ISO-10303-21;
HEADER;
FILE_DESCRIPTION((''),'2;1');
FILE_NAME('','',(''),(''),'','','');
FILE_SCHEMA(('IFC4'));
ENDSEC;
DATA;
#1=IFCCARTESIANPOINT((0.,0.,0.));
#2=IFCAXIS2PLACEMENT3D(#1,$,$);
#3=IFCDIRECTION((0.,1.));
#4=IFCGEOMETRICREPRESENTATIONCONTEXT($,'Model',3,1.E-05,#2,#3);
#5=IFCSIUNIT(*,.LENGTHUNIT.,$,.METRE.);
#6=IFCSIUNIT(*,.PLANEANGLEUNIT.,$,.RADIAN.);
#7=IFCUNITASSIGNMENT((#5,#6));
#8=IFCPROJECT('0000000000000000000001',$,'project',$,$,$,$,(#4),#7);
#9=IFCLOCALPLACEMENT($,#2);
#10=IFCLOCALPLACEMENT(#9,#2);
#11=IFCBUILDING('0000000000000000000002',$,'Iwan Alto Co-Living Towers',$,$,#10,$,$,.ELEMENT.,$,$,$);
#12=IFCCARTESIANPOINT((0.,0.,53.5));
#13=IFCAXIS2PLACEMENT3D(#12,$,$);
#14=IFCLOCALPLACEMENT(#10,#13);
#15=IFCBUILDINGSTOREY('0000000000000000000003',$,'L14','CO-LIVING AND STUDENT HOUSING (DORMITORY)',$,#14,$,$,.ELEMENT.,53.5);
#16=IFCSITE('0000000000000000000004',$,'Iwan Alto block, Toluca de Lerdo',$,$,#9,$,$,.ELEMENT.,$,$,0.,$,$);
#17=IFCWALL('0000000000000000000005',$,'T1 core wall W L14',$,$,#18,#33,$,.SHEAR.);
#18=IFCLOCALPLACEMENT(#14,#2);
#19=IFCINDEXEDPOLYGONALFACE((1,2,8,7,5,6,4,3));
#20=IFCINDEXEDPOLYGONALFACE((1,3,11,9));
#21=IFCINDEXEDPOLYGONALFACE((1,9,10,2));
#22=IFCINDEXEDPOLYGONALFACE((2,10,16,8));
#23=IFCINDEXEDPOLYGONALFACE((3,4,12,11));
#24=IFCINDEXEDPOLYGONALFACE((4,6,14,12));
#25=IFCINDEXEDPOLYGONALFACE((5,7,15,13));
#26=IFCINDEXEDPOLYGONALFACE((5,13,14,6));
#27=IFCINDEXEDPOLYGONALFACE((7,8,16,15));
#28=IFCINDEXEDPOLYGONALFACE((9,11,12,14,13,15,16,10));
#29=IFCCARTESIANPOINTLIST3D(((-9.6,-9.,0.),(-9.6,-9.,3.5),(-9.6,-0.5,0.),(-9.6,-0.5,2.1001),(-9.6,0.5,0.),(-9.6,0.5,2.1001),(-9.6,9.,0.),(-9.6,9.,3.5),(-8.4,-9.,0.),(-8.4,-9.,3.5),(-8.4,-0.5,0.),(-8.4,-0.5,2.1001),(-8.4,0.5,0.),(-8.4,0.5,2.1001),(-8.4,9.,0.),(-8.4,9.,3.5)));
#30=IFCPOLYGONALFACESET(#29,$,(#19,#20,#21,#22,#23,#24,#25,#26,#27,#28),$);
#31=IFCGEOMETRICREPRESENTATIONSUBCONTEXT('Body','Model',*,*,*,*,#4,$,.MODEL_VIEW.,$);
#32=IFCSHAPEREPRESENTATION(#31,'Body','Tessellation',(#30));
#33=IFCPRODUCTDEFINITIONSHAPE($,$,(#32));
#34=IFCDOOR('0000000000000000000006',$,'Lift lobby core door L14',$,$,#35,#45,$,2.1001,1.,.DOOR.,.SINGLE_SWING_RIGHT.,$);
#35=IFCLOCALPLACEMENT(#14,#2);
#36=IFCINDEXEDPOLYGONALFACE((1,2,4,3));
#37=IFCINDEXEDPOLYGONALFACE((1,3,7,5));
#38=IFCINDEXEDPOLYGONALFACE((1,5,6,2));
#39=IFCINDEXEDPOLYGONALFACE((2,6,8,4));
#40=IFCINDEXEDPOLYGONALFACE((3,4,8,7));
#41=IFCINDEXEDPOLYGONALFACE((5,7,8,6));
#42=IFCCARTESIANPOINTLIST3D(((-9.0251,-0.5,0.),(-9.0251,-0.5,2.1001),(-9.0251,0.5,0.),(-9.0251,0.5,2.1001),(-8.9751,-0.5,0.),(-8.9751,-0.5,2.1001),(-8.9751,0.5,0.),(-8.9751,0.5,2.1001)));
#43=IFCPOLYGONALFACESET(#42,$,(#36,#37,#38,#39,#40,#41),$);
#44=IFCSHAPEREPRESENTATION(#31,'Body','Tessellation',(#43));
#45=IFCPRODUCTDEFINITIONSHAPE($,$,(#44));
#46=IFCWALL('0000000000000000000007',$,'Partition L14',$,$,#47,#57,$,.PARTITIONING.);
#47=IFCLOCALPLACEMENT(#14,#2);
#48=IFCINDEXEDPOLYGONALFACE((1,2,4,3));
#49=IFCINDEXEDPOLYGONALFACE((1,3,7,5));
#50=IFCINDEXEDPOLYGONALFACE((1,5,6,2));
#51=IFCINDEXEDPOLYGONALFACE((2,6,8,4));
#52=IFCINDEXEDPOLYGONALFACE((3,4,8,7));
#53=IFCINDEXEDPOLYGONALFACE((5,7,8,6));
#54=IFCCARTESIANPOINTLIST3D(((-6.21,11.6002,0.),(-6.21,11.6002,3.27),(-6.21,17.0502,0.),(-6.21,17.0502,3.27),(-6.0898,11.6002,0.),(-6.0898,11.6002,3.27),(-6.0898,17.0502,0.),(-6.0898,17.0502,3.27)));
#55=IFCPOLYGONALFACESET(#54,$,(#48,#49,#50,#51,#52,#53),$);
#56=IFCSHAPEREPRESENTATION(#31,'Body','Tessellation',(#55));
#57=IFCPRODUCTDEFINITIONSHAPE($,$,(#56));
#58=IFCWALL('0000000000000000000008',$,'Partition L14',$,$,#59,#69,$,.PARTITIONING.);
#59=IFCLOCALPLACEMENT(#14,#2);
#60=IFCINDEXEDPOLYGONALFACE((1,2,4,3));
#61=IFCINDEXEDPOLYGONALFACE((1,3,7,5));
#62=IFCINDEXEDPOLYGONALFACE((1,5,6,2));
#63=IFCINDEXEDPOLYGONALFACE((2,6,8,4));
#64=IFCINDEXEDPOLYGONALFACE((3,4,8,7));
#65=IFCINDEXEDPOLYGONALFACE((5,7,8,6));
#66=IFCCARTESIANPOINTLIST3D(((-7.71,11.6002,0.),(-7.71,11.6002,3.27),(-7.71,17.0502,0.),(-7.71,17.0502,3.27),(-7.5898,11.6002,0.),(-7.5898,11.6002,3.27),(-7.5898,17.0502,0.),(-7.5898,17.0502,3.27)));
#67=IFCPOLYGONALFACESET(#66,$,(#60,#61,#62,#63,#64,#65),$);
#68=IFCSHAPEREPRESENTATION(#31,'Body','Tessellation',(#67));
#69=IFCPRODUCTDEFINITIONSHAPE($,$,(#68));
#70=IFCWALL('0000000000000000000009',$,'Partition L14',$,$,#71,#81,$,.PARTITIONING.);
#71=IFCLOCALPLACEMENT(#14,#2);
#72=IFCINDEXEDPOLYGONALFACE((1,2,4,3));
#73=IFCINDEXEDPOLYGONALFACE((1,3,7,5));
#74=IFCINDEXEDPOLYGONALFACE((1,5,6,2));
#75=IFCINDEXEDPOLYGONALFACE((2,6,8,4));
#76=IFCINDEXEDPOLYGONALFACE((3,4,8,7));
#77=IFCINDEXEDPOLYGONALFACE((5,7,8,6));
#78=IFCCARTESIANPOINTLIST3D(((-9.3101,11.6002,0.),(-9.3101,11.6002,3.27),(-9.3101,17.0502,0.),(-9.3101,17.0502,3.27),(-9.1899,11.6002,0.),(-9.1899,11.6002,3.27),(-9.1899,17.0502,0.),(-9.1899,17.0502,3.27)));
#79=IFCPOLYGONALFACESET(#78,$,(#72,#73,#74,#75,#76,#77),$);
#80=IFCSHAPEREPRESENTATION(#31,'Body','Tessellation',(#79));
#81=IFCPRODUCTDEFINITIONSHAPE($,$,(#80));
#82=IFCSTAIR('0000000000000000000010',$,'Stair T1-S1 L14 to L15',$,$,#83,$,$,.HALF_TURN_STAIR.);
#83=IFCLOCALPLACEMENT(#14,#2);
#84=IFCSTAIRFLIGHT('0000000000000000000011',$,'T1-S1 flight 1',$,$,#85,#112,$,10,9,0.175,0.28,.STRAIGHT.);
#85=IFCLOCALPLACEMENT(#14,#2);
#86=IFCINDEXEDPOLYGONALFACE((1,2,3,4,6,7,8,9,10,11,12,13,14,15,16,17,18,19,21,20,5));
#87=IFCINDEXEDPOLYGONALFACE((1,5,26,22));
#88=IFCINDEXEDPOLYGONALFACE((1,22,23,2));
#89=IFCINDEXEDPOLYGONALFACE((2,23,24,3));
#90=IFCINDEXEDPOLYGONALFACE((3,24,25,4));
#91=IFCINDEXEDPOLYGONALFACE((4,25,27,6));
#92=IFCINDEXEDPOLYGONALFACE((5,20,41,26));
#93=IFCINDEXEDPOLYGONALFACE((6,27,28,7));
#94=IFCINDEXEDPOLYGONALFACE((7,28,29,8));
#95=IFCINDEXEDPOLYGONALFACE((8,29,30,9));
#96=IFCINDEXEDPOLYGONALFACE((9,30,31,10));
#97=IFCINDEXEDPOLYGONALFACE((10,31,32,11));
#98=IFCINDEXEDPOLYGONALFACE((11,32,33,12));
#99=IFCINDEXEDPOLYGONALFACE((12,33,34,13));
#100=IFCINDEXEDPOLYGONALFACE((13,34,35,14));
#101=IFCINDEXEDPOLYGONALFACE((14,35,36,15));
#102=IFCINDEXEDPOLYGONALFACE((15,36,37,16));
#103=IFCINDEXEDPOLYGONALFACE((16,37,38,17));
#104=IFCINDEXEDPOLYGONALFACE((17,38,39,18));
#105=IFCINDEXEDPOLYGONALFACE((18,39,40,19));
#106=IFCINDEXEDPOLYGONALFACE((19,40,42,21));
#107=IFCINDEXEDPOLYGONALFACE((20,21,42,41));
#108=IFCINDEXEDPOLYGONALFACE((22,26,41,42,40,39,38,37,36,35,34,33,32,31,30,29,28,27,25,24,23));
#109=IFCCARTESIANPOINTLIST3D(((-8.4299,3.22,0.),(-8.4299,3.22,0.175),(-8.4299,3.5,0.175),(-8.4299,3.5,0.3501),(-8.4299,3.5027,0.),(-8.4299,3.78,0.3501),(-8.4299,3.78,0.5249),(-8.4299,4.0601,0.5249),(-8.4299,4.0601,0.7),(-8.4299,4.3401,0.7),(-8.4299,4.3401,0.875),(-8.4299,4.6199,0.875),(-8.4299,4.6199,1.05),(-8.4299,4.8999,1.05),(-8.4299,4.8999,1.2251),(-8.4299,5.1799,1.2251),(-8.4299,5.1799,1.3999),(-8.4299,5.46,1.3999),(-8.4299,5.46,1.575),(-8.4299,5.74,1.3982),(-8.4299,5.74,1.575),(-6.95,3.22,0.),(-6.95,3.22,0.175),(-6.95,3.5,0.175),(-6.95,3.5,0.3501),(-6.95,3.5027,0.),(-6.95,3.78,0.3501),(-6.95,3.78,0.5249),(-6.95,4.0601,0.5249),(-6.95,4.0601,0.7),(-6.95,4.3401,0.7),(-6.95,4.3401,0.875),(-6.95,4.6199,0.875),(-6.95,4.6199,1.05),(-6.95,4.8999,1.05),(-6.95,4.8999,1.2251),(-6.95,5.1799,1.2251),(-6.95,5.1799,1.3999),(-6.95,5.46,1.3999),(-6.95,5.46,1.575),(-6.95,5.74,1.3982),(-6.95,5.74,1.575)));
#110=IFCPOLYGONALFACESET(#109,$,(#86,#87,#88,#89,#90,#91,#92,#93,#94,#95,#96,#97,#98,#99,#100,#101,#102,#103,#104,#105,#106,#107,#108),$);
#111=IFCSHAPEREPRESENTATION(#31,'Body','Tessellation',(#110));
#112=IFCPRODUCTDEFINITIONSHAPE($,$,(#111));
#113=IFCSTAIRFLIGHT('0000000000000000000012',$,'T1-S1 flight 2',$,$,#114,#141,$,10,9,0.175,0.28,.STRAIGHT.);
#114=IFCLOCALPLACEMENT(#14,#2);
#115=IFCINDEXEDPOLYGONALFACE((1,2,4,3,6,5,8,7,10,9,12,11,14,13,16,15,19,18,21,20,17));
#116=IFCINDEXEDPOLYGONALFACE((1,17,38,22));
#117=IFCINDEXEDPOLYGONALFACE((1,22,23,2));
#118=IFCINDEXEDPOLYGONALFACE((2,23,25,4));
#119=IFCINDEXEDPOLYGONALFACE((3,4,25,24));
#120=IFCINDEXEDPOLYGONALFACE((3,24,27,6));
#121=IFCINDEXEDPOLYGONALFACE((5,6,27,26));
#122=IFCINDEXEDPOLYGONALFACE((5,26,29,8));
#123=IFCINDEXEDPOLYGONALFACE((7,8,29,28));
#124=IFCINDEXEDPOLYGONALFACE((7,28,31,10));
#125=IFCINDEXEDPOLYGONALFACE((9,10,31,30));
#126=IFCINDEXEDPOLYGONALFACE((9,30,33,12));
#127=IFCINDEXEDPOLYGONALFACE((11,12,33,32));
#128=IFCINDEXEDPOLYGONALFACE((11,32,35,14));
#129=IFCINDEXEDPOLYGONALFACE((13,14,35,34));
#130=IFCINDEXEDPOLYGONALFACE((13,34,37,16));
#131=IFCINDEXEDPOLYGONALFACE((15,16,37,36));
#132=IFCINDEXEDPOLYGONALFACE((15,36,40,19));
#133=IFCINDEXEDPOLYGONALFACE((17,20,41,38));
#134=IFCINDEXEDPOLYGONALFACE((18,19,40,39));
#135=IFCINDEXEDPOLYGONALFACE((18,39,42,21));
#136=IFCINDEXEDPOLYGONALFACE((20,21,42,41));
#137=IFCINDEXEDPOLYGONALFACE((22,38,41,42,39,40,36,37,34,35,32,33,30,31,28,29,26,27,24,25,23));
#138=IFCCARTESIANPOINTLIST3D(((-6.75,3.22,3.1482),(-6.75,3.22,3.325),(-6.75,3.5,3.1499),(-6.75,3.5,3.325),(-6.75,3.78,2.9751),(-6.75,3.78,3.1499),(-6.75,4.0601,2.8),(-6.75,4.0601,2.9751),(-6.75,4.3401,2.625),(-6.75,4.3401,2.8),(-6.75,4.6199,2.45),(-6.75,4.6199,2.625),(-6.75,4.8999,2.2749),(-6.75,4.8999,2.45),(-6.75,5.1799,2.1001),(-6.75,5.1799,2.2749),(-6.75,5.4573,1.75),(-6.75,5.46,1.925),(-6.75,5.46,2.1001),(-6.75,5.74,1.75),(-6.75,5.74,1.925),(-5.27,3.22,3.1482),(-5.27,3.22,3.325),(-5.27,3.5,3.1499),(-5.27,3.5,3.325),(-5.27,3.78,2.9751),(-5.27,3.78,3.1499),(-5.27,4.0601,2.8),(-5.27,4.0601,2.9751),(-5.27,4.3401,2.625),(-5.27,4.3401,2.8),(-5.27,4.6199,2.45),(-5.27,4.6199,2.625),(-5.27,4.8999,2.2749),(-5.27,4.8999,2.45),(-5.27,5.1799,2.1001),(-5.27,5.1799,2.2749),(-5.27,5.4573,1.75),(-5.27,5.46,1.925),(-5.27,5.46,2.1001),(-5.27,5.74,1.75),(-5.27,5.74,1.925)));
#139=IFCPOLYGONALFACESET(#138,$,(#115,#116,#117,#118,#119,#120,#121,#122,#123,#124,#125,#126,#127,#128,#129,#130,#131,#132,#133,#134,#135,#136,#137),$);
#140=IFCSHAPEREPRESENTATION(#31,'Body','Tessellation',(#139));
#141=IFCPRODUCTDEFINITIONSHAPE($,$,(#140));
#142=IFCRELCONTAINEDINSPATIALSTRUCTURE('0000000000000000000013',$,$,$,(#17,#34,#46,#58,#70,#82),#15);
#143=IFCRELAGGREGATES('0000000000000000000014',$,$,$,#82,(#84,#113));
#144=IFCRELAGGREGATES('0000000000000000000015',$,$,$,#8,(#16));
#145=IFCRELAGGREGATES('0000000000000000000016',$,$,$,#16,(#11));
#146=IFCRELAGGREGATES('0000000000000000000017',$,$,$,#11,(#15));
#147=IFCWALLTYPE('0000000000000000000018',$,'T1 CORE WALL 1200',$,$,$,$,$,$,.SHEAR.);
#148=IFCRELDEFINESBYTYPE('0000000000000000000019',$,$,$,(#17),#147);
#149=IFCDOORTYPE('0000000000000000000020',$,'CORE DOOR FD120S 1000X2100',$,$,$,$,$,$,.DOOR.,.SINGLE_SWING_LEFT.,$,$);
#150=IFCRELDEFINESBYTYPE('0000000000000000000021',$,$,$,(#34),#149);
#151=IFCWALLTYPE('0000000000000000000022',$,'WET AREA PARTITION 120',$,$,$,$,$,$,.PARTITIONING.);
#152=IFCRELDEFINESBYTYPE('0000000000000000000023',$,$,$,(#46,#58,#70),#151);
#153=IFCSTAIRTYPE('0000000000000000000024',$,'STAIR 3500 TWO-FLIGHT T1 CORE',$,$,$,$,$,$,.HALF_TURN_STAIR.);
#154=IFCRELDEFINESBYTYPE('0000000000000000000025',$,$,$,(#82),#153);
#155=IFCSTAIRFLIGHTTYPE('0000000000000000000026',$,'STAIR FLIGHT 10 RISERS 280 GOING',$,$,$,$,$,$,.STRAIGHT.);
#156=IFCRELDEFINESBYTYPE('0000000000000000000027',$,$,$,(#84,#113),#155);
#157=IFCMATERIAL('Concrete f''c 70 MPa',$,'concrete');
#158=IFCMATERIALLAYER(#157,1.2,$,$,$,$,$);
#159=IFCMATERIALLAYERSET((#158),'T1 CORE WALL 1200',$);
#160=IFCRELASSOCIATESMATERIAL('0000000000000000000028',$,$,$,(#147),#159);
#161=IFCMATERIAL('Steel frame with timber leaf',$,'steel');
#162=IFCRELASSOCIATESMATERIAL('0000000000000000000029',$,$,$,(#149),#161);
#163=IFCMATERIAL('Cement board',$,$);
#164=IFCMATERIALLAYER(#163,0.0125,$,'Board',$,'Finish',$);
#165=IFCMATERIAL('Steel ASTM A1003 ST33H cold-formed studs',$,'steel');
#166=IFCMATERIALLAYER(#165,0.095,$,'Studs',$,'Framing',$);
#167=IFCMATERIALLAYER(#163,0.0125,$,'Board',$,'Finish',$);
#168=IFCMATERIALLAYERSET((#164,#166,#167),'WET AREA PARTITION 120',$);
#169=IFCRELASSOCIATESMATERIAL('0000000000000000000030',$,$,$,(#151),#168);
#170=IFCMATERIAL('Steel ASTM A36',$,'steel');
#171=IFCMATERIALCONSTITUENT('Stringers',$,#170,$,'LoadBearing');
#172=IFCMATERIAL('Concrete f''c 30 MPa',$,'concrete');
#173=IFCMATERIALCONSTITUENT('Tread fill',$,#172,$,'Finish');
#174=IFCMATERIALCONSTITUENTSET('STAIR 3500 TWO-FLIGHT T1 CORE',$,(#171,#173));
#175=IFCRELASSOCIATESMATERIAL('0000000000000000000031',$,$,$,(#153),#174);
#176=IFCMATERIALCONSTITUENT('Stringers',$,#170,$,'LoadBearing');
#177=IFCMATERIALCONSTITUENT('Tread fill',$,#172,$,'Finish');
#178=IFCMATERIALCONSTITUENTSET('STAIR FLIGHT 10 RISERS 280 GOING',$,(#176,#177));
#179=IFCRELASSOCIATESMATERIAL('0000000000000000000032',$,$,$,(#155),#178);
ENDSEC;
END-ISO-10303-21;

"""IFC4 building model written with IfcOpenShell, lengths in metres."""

from ifc_helpers import new_model, si_unit, direction, frame, frame_2d, origin, place, context, subcontext, project, spatial, polyline, rectangle, outline, extrude, material, layer, layer_set, constituent, constituent_set, type_object, element, fill, aggregate, save


model = new_model("IFC4")

# Units and contexts
model_context = context("Model", 3, precision=1e-05, world=origin(), true_north=direction((0.0, 1.0)))
body_context = subcontext(model_context, "Body", "Model", "MODEL_VIEW")
ifc_project = project(units=[si_unit("LENGTHUNIT", "METRE"), si_unit("PLANEANGLEUNIT", "RADIAN")], contexts=[model_context])

# Site, building, storey
site_placement = place(None, origin())
site = spatial("IfcSite", under=ifc_project, at=site_placement, Name="Iwan Alto block, Toluca de Lerdo", CompositionType="ELEMENT", RefElevation=0.0)
building_placement = place(site_placement, origin())
building = spatial("IfcBuilding", under=site, at=building_placement, Name="Iwan Alto Co-Living Towers", CompositionType="ELEMENT")
storey_placement = place(building_placement, frame((0.0, 0.0, 53.5)))
storey = spatial("IfcBuildingStorey", under=building, at=storey_placement, Name="L14", Description="CO-LIVING AND STUDENT HOUSING (DORMITORY)", CompositionType="ELEMENT", Elevation=53.5)

# Shared definitions
ifc_material_1 = material(Name="Steel ASTM A1003 ST33H cold-formed studs", Category="steel")

# Wall, opening, door
ifc_material_2 = material(Name="Concrete f'c 70 MPa", Category="concrete")
ifc_layer_1 = layer(ifc_material_2, 1.2)
ifc_layer_set_1 = layer_set([ifc_layer_1], Name="T1 CORE WALL 1200")
wall_type_1 = type_object("IfcWallType", Name="T1 CORE WALL 1200", PredefinedType="SHEAR", material=ifc_layer_set_1)
wall_1_placement = place(storey_placement, frame((-9.0, 9.0, 0.0), z_axis=(0.0, 0.0, 1.0), x_axis=(0.0, -1.0, 0.0)))
wall_1 = element("IfcWall", 1, at=wall_1_placement, inside=storey, type_object=wall_type_1, Name="T1 core wall W L14", PredefinedType="SHEAR", context=body_context, shape_type="SweptSolid", body=[
    extrude(rectangle(XDim=18.0, YDim=1.2, at=frame_2d((9.0, 0.0))), origin(), (0.0, 0.0, 1.0), 3.5),
])
opening_1_placement = place(wall_1_placement, frame((8.5, 0.0, 0.0)))
opening_1 = element("IfcOpeningElement", 2, at=opening_1_placement, cuts=wall_1, PredefinedType="OPENING", context=body_context, shape_type="SweptSolid", body=[
    extrude(rectangle(XDim=1.0, YDim=2.1001, at=frame_2d((0.5, 1.05))), frame((0.0, 0.6099, 0.0), z_axis=(0.0, -1.0, 0.0), x_axis=(1.0, 0.0, 0.0)), (0.0, 0.0, 1.0), 1.22),
])
ifc_material_3 = material(Name="Steel frame with timber leaf", Category="steel")
door_type_1 = type_object("IfcDoorType", Name="CORE DOOR FD120S 1000X2100", OperationType="SINGLE_SWING_LEFT", PredefinedType="DOOR", material=ifc_material_3)
door_1_placement = place(opening_1_placement, origin())
door_1 = element("IfcDoor", 3, at=door_1_placement, inside=storey, type_object=door_type_1, Name="Lift lobby core door L14", OperationType="SINGLE_SWING_RIGHT", OverallHeight=2.1001, OverallWidth=1.0, PredefinedType="DOOR", context=body_context, shape_type="SweptSolid", body=[
    extrude(rectangle(XDim=1.0, YDim=2.1001, at=frame_2d((0.5, 1.05))), frame((0.0, 0.0249, 0.0), z_axis=(0.0, -1.0, 0.0), x_axis=(1.0, 0.0, 0.0)), (0.0, 0.0, 1.0), 0.05),
])
fill(opening_1, door_1)

# Walls
ifc_material_4 = material(Name="Cement board")
ifc_layer_2 = layer(ifc_material_4, 0.0125, Name="Board", Category="Finish")
ifc_layer_3 = layer(ifc_material_1, 0.095, Name="Studs", Category="Framing")
ifc_layer_4 = layer(ifc_material_4, 0.0125, Name="Board", Category="Finish")
ifc_layer_set_2 = layer_set([ifc_layer_2, ifc_layer_3, ifc_layer_4], Name="WET AREA PARTITION 120")
wall_type_2 = type_object("IfcWallType", Name="WET AREA PARTITION 120", PredefinedType="PARTITIONING", material=ifc_layer_set_2)
for number, where, z_axis, x_axis, name in (
    (4, (-6.1499, 11.6001, 0.0), (0.0, 0.0, 1.0), (0.0, 1.0, 0.0), "Partition L14"),
    (5, (-7.6499, 11.6001, 0.0), (0.0, 0.0, 1.0), (0.0, 1.0, 0.0), "Partition L14"),
    (6, (-9.25, 11.6001, 0.0), (0.0, 0.0, 1.0), (0.0, 1.0, 0.0), "Partition L14"),
):
    element("IfcWall", number, at=place(storey_placement, frame(where, z_axis=z_axis, x_axis=x_axis)), inside=storey, type_object=wall_type_2, Name=name, PredefinedType="PARTITIONING", context=body_context, shape_type="SweptSolid", body=[
        extrude(rectangle(XDim=5.45, YDim=0.1201, at=frame_2d((2.7251, 0.0))), origin(), (0.0, 0.0, 1.0), 3.27),
    ])

# Stair, stair flights
ifc_material_5 = material(Name="Steel ASTM A36", Category="steel")
ifc_constituent_1 = constituent(ifc_material_5, Name="Stringers", Category="LoadBearing")
ifc_material_6 = material(Name="Concrete f'c 30 MPa", Category="concrete")
ifc_constituent_2 = constituent(ifc_material_6, Name="Tread fill", Category="Finish")
ifc_constituent_set_1 = constituent_set(constituents=[ifc_constituent_1, ifc_constituent_2], Name="STAIR 3500 TWO-FLIGHT T1 CORE")
stair_type = type_object("IfcStairType", Name="STAIR 3500 TWO-FLIGHT T1 CORE", PredefinedType="HALF_TURN_STAIR", material=ifc_constituent_set_1)
stair_placement = place(storey_placement, origin())
stair = element("IfcStair", 7, at=stair_placement, inside=storey, type_object=stair_type, Name="Stair T1-S1 L14 to L15", PredefinedType="HALF_TURN_STAIR")
ifc_constituent_3 = constituent(ifc_material_5, Name="Stringers", Category="LoadBearing")
ifc_constituent_4 = constituent(ifc_material_6, Name="Tread fill", Category="Finish")
ifc_constituent_set_2 = constituent_set(constituents=[ifc_constituent_3, ifc_constituent_4], Name="STAIR FLIGHT 10 RISERS 280 GOING")
stair_flight_type = type_object("IfcStairFlightType", Name="STAIR FLIGHT 10 RISERS 280 GOING", PredefinedType="STRAIGHT", material=ifc_constituent_set_2)
stair_flight_1_placement = place(storey_placement, frame((-7.6899, 3.22, 0.0), z_axis=(0.0, 0.0, 1.0), x_axis=(0.0, 1.0, 0.0)))
stair_flight_1 = element("IfcStairFlight", 8, at=stair_flight_1_placement, type_object=stair_flight_type, Name="T1-S1 flight 1", NumberOfRisers=10, NumberOfTreads=9, PredefinedType="STRAIGHT", RiserHeight=0.175, TreadLength=0.28, context=body_context, shape_type="SweptSolid", body=[
    extrude(outline(polyline([(0.0, 0.0), (0.0, 0.175), (0.28, 0.175), (0.28, 0.3501), (0.5601, 0.3501), (0.5601, 0.5249), (0.8401, 0.5249), (0.8401, 0.7), (1.1201, 0.7), (1.1201, 0.875), (1.3999, 0.875), (1.3999, 1.05), (1.6799, 1.05), (1.6799, 1.2251), (1.96, 1.2251), (1.96, 1.3999), (2.24, 1.3999), (2.24, 1.575), (2.52, 1.575), (2.52, 1.75), (2.52, 1.3982), (0.2827, 0.0), (0.0, 0.0)])), frame((0.0, 0.74, 0.0), z_axis=(0.0, -1.0, 0.0), x_axis=(1.0, 0.0, 0.0)), (0.0, 0.0, 1.0), 1.48),
])
stair_flight_2_placement = place(storey_placement, frame((-6.01, 5.74, 1.75), z_axis=(0.0, 0.0, 1.0), x_axis=(0.0, -1.0, 0.0)))
stair_flight_2 = element("IfcStairFlight", 9, at=stair_flight_2_placement, type_object=stair_flight_type, Name="T1-S1 flight 2", NumberOfRisers=10, NumberOfTreads=9, PredefinedType="STRAIGHT", RiserHeight=0.175, TreadLength=0.28, context=body_context, shape_type="SweptSolid", body=[
    extrude(outline(polyline([(0.0, 0.0), (0.0, 0.175), (0.28, 0.175), (0.28, 0.3501), (0.5601, 0.3501), (0.5601, 0.5249), (0.8401, 0.5249), (0.8401, 0.7), (1.1201, 0.7), (1.1201, 0.875), (1.3999, 0.875), (1.3999, 1.05), (1.6799, 1.05), (1.6799, 1.2251), (1.96, 1.2251), (1.96, 1.3999), (2.24, 1.3999), (2.24, 1.575), (2.52, 1.575), (2.52, 1.75), (2.52, 1.3982), (0.2827, 0.0), (0.0, 0.0)])), frame((0.0, 0.74, 0.0), z_axis=(0.0, -1.0, 0.0), x_axis=(1.0, 0.0, 0.0)), (0.0, 0.0, 1.0), 1.48),
])
aggregate(stair, [stair_flight_1, stair_flight_2])

save(model, "model.ifc")
